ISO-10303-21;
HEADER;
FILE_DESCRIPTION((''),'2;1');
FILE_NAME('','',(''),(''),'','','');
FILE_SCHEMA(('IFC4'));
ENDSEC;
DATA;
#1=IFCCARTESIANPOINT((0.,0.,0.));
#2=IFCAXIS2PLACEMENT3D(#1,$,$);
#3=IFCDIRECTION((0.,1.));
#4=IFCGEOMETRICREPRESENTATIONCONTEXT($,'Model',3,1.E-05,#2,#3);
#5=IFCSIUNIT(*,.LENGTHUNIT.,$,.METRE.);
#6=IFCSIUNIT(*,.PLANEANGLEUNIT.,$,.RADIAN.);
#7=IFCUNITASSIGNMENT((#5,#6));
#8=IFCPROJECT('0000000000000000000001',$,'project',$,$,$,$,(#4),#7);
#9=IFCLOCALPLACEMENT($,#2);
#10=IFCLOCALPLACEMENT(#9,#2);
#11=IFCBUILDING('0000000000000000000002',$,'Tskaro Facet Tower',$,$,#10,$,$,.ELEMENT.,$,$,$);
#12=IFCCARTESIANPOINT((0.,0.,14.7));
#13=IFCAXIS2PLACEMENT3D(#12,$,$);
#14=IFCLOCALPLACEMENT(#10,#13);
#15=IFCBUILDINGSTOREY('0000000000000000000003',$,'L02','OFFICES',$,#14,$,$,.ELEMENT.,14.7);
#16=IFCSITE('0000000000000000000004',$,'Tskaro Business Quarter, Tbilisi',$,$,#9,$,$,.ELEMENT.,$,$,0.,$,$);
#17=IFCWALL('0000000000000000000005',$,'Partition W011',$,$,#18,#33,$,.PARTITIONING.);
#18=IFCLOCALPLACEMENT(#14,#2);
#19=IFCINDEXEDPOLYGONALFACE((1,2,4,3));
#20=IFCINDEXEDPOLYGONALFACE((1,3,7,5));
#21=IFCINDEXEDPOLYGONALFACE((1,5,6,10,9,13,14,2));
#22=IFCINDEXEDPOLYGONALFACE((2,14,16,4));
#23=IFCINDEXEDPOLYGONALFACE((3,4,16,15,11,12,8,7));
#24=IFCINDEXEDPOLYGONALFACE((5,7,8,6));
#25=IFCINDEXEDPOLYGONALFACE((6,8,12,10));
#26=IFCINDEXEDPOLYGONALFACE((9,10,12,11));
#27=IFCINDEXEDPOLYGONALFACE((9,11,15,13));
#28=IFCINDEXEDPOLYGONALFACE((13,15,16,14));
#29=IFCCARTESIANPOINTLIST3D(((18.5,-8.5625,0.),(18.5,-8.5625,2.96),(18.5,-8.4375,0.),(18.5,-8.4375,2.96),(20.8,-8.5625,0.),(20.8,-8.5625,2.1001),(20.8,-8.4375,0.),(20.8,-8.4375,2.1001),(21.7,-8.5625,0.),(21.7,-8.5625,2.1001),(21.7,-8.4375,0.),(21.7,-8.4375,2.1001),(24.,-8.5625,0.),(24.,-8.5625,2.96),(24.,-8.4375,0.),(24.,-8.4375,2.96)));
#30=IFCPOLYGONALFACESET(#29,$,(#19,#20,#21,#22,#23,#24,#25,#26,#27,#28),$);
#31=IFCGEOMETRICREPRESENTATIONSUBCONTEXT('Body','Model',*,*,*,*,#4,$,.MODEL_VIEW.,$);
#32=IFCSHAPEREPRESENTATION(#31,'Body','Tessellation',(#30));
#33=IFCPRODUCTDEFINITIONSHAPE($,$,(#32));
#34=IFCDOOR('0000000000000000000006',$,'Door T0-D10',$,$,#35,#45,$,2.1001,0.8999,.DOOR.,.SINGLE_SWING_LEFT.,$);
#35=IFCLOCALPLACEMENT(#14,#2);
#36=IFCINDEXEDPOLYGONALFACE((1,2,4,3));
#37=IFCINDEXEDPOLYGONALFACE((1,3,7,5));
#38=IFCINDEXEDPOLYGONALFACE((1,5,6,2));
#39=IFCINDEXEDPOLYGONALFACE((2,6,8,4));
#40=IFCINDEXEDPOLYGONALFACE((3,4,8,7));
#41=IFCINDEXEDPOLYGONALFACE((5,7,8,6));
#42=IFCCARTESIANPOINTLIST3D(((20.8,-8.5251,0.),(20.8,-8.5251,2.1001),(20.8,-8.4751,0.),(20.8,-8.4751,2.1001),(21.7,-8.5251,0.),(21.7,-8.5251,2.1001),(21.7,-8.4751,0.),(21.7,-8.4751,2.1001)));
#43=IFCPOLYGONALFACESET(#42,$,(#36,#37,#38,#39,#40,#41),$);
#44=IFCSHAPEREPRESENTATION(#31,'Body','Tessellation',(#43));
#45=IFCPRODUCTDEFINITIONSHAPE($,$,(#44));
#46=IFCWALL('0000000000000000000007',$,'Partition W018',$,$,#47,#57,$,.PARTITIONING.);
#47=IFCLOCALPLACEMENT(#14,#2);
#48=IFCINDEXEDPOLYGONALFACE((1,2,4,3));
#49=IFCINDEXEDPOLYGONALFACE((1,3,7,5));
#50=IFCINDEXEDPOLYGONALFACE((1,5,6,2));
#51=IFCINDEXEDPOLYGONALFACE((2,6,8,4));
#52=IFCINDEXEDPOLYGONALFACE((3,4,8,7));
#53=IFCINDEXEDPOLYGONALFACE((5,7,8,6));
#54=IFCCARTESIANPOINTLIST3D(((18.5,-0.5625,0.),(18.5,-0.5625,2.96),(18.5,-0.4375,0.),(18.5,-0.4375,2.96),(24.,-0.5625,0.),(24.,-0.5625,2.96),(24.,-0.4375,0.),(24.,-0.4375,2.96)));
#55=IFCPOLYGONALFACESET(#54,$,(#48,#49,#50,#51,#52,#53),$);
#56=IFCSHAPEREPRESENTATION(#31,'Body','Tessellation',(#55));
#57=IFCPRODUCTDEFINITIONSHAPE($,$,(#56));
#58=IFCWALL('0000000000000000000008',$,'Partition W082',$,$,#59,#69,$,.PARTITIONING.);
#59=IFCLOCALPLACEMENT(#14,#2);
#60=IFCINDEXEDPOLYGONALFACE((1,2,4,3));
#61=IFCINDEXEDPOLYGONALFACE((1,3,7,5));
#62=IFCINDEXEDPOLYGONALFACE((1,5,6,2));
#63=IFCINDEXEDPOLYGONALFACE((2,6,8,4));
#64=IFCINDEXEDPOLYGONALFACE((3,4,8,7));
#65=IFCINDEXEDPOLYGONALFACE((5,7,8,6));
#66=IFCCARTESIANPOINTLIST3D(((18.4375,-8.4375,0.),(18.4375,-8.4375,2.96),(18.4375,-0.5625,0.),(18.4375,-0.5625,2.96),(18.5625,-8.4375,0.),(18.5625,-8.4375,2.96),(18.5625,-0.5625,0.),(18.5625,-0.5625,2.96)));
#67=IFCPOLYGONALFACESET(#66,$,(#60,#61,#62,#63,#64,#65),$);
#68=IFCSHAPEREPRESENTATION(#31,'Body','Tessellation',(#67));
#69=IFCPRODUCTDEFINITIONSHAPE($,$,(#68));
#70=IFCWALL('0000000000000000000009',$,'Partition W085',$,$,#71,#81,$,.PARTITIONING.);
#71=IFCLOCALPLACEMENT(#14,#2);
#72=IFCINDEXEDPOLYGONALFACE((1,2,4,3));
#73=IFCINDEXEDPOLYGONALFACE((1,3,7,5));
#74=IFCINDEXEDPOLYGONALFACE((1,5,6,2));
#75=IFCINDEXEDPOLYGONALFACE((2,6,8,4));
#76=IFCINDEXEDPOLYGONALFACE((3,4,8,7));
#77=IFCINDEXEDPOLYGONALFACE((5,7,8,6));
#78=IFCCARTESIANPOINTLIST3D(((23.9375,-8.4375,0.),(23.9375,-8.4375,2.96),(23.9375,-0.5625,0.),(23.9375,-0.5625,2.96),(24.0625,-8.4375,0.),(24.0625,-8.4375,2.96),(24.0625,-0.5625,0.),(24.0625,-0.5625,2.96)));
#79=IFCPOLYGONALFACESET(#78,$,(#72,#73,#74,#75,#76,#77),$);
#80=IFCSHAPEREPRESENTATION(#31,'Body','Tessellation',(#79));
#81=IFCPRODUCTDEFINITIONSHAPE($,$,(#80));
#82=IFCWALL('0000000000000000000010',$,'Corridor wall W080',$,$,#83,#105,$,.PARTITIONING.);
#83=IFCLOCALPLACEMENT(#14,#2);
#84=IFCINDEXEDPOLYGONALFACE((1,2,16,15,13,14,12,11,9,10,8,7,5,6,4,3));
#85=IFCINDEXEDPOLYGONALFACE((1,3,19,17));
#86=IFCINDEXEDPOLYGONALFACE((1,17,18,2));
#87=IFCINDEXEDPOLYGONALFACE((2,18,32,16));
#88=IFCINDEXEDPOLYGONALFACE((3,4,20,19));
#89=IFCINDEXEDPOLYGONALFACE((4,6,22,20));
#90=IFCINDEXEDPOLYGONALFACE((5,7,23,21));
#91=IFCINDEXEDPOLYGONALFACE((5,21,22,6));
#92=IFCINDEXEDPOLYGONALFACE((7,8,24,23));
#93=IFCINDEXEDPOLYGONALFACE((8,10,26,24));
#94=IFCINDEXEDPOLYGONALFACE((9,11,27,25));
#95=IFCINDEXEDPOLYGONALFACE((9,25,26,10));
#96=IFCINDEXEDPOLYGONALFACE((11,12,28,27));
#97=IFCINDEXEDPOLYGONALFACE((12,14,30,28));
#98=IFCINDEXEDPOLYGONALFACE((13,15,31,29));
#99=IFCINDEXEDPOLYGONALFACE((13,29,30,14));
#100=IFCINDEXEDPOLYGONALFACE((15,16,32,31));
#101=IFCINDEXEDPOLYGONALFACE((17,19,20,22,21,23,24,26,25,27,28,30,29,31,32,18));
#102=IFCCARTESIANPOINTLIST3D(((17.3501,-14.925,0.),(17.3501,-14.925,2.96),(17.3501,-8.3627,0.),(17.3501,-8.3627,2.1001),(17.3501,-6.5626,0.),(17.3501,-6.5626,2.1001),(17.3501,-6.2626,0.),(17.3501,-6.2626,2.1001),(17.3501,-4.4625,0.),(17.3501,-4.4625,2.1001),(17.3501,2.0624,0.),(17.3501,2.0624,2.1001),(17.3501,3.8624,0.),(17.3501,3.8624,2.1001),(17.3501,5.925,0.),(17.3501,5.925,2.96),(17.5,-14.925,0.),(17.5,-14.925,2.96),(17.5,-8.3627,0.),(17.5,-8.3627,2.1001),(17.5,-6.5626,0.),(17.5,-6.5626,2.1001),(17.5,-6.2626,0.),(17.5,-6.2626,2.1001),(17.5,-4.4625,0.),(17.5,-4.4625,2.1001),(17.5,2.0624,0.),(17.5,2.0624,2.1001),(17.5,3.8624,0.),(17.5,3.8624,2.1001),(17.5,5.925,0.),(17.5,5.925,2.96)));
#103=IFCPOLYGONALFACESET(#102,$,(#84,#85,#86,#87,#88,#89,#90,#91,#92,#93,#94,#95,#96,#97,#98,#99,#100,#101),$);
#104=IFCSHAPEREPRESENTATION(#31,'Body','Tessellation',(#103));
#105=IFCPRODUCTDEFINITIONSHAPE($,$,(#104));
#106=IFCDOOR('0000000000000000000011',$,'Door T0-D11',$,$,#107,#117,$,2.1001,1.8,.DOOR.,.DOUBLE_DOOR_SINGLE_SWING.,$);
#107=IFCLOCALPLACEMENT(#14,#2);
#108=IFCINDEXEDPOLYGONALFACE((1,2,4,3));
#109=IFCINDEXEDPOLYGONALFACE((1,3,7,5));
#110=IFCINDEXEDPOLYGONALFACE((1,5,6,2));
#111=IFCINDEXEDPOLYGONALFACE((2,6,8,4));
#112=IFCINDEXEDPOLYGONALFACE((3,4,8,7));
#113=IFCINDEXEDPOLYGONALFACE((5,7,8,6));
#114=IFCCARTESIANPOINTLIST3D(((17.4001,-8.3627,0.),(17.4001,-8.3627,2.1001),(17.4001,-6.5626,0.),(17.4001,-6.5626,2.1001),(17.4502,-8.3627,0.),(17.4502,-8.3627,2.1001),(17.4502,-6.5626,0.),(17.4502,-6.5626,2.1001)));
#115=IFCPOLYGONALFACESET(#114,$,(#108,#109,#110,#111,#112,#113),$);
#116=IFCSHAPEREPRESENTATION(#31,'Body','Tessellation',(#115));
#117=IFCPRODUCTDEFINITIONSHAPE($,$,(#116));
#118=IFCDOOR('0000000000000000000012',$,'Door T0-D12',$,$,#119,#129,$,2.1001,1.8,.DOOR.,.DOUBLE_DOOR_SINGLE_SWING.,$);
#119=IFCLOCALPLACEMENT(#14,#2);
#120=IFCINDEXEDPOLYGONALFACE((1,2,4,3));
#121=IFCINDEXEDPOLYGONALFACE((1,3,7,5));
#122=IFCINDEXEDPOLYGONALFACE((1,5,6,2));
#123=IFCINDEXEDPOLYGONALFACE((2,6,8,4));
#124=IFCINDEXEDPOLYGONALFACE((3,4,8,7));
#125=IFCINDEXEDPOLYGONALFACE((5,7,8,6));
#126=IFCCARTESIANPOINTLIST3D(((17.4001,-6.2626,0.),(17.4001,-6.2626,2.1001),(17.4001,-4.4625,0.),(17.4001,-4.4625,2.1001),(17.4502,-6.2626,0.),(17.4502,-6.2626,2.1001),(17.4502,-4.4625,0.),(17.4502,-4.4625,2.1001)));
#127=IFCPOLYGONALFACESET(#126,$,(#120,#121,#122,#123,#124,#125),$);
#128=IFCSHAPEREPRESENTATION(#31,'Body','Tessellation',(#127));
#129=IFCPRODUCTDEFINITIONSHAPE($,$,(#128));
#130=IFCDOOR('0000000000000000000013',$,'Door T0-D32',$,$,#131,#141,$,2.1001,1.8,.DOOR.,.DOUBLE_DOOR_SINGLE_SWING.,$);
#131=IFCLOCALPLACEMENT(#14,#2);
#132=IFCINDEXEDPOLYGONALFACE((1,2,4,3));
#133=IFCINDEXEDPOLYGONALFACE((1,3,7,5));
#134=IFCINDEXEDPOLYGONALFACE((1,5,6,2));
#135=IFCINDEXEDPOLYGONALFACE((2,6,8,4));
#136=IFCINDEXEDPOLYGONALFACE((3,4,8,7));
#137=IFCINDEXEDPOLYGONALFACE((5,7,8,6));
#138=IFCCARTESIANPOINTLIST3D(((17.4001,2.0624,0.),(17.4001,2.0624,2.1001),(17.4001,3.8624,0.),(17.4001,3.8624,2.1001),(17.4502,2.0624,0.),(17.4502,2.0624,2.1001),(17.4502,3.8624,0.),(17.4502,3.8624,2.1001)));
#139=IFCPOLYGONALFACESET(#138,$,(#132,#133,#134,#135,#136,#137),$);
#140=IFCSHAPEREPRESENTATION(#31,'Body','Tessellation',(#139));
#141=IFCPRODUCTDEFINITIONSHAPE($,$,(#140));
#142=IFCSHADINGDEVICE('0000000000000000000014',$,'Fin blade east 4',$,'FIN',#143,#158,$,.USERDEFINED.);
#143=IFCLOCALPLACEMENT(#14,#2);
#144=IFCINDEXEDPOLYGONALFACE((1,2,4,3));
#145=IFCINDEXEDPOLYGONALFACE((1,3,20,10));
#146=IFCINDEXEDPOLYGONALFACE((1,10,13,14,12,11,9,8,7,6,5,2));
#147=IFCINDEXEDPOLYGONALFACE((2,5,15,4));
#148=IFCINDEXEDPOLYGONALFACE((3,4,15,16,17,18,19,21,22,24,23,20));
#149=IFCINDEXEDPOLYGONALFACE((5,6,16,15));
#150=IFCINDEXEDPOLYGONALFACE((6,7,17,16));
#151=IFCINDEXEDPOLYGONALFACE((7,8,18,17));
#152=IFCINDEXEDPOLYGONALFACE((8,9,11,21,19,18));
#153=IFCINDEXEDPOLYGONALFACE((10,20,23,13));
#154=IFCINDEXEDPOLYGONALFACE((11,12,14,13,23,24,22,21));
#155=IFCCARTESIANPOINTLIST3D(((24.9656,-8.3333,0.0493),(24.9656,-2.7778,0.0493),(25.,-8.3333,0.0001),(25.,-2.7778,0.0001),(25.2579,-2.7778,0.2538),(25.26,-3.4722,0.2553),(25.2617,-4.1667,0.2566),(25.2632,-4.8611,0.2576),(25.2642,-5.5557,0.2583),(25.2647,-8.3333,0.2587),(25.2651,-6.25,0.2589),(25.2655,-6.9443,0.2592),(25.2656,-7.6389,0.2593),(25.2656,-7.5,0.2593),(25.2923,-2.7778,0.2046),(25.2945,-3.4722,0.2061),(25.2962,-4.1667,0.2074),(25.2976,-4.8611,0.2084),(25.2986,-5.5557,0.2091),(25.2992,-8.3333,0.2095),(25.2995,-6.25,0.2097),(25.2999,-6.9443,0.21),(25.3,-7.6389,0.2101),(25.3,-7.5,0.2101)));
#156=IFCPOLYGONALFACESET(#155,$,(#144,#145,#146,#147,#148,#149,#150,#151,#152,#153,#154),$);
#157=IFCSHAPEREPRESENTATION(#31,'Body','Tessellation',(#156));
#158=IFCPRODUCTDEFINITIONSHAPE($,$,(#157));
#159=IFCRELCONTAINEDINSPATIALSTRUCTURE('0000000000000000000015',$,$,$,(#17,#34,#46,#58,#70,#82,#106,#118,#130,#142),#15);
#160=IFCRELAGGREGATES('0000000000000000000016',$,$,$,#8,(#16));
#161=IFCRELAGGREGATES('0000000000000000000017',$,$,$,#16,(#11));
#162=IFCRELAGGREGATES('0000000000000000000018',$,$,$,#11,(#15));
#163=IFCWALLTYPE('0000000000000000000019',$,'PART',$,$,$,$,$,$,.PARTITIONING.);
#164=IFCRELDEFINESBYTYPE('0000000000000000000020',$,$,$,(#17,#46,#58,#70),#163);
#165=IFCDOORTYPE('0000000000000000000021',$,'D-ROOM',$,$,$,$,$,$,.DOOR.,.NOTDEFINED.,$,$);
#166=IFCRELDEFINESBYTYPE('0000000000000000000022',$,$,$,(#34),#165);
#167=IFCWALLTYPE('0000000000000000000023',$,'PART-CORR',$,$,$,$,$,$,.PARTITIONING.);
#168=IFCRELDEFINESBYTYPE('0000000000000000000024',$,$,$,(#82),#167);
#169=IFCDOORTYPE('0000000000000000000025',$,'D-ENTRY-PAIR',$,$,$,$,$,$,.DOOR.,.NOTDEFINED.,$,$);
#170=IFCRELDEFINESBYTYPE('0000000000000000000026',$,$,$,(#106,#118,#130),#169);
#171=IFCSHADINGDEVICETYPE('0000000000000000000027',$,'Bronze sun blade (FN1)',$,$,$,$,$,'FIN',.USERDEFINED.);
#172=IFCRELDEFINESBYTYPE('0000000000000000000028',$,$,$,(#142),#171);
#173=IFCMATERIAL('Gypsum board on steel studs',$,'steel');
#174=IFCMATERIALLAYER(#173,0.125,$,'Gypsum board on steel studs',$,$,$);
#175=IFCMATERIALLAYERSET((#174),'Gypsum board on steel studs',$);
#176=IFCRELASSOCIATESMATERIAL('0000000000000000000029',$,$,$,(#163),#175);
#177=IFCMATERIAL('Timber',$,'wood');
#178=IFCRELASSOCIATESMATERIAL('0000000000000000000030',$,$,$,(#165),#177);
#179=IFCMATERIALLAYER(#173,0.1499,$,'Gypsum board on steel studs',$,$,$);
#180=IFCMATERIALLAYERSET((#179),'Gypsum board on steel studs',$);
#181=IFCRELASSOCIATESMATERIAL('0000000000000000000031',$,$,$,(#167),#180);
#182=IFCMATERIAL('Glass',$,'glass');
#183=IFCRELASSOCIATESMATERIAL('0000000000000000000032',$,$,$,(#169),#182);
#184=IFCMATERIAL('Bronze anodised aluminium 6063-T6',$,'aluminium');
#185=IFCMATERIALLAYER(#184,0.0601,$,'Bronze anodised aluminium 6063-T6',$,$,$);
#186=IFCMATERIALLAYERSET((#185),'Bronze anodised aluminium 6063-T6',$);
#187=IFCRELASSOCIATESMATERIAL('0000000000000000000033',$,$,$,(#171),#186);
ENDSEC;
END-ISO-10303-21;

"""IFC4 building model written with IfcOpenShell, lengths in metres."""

from ifc_helpers import new_model, si_unit, direction, frame, frame_2d, origin, place, context, subcontext, project, spatial, polyline, rectangle, outline, extrude, material, layer, layer_set, type_object, element, fill, save


model = new_model("IFC4")

# Units and contexts
model_context = context("Model", 3, precision=1e-05, world=origin(), true_north=direction((0.0, 1.0)))
body_context = subcontext(model_context, "Body", "Model", "MODEL_VIEW")
ifc_project = project(units=[si_unit("LENGTHUNIT", "METRE"), si_unit("PLANEANGLEUNIT", "RADIAN")], contexts=[model_context])

# Site, building, storey
site_placement = place(None, origin())
site = spatial("IfcSite", under=ifc_project, at=site_placement, Name="Tskaro Business Quarter, Tbilisi", CompositionType="ELEMENT", RefElevation=0.0)
building_placement = place(site_placement, origin())
building = spatial("IfcBuilding", under=site, at=building_placement, Name="Tskaro Facet Tower", CompositionType="ELEMENT")
storey_placement = place(building_placement, frame((0.0, 0.0, 14.7)))
storey = spatial("IfcBuildingStorey", under=building, at=storey_placement, Name="L02", Description="OFFICES", CompositionType="ELEMENT", Elevation=14.7)

# Shared definitions
ifc_material_1 = material(Name="Bronze anodised aluminium 6063-T6", Category="aluminium")

# Wall, opening, door
ifc_material_2 = material(Name="Gypsum board on steel studs", Category="steel")
ifc_layer_1 = layer(ifc_material_2, 0.125, Name="Gypsum board on steel studs")
ifc_layer_set_1 = layer_set([ifc_layer_1], Name="Gypsum board on steel studs")
wall_type_1 = type_object("IfcWallType", Name="PART", PredefinedType="PARTITIONING", material=ifc_layer_set_1)
wall_1_placement = place(storey_placement, frame((18.5, -8.5, 0.0), z_axis=(0.0, 0.0, 1.0), x_axis=(1.0, 0.0, 0.0)))
wall_1 = element("IfcWall", 1, at=wall_1_placement, inside=storey, type_object=wall_type_1, Name="Partition W011", PredefinedType="PARTITIONING", context=body_context, shape_type="SweptSolid", body=[
    extrude(rectangle(XDim=5.5, YDim=0.125, at=frame_2d((2.75, 0.0))), origin(), (0.0, 0.0, 1.0), 2.96),
])
opening_1_placement = place(wall_1_placement, frame((2.3, 0.0, 0.0)))
opening_1 = element("IfcOpeningElement", 2, at=opening_1_placement, cuts=wall_1, PredefinedType="OPENING", context=body_context, shape_type="SweptSolid", body=[
    extrude(rectangle(XDim=0.8999, YDim=2.1001, at=frame_2d((0.45, 1.05))), frame((0.0, 0.0725, 0.0), z_axis=(0.0, -1.0, 0.0), x_axis=(1.0, 0.0, 0.0)), (0.0, 0.0, 1.0), 0.145),
])
ifc_material_3 = material(Name="Timber", Category="wood")
door_type_1 = type_object("IfcDoorType", Name="D-ROOM", OperationType="NOTDEFINED", PredefinedType="DOOR", material=ifc_material_3)
door_1_placement = place(opening_1_placement, origin())
door_1 = element("IfcDoor", 3, at=door_1_placement, inside=storey, type_object=door_type_1, Name="Door T0-D10", OperationType="SINGLE_SWING_LEFT", OverallHeight=2.1001, OverallWidth=0.8999, PredefinedType="DOOR", context=body_context, shape_type="SweptSolid", body=[
    extrude(rectangle(XDim=0.8999, YDim=2.1001, at=frame_2d((0.45, 1.05))), frame((0.0, 0.0249, 0.0), z_axis=(0.0, -1.0, 0.0), x_axis=(1.0, 0.0, 0.0)), (0.0, 0.0, 1.0), 0.05),
])
fill(opening_1, door_1)

# Walls
wall_2_placement = place(storey_placement, frame((18.5, -0.5, 0.0), z_axis=(0.0, 0.0, 1.0), x_axis=(1.0, 0.0, 0.0)))
element("IfcWall", 4, at=wall_2_placement, inside=storey, type_object=wall_type_1, Name="Partition W018", PredefinedType="PARTITIONING", context=body_context, shape_type="SweptSolid", body=[
    extrude(rectangle(XDim=5.5, YDim=0.125, at=frame_2d((2.75, 0.0))), origin(), (0.0, 0.0, 1.0), 2.96),
])
for number, where, z_axis, x_axis, name in (
    (5, (18.5, -8.4375, 0.0), (0.0, 0.0, 1.0), (0.0, 1.0, 0.0), "Partition W082"),
    (6, (24.0, -8.4375, 0.0), (0.0, 0.0, 1.0), (0.0, 1.0, 0.0), "Partition W085"),
):
    element("IfcWall", number, at=place(storey_placement, frame(where, z_axis=z_axis, x_axis=x_axis)), inside=storey, type_object=wall_type_1, Name=name, PredefinedType="PARTITIONING", context=body_context, shape_type="SweptSolid", body=[
        extrude(rectangle(XDim=7.875, YDim=0.125, at=frame_2d((3.9375, 0.0))), origin(), (0.0, 0.0, 1.0), 2.96),
    ])

# Wall, openings, doors
ifc_layer_2 = layer(ifc_material_2, 0.1499, Name="Gypsum board on steel studs")
ifc_layer_set_2 = layer_set([ifc_layer_2], Name="Gypsum board on steel studs")
wall_type_2 = type_object("IfcWallType", Name="PART-CORR", PredefinedType="PARTITIONING", material=ifc_layer_set_2)
wall_3_placement = place(storey_placement, frame((17.425, -14.925, 0.0), z_axis=(0.0, 0.0, 1.0), x_axis=(0.0, 1.0, 0.0)))
wall_3 = element("IfcWall", 7, at=wall_3_placement, inside=storey, type_object=wall_type_2, Name="Corridor wall W080", PredefinedType="PARTITIONING", context=body_context, shape_type="SweptSolid", body=[
    extrude(rectangle(XDim=20.8501, YDim=0.1499, at=frame_2d((10.425, 0.0))), origin(), (0.0, 0.0, 1.0), 2.96),
])
opening_2_placement = place(wall_3_placement, frame((6.5625, 0.0, 0.0)))
opening_2 = element("IfcOpeningElement", 8, at=opening_2_placement, cuts=wall_3, PredefinedType="OPENING", context=body_context, shape_type="SweptSolid", body=[
    extrude(rectangle(XDim=1.8, YDim=2.1001, at=frame_2d((0.8999, 1.05))), frame((0.0, 0.085, 0.0), z_axis=(0.0, -1.0, 0.0), x_axis=(1.0, 0.0, 0.0)), (0.0, 0.0, 1.0), 0.1699),
])
opening_3_placement = place(wall_3_placement, frame((8.6626, 0.0, 0.0)))
opening_3 = element("IfcOpeningElement", 9, at=opening_3_placement, cuts=wall_3, PredefinedType="OPENING", context=body_context, shape_type="SweptSolid", body=[
    extrude(rectangle(XDim=1.8, YDim=2.1001, at=frame_2d((0.8999, 1.05))), frame((0.0, 0.085, 0.0), z_axis=(0.0, -1.0, 0.0), x_axis=(1.0, 0.0, 0.0)), (0.0, 0.0, 1.0), 0.1699),
])
opening_4_placement = place(wall_3_placement, frame((16.9875, 0.0, 0.0)))
opening_4 = element("IfcOpeningElement", 10, at=opening_4_placement, cuts=wall_3, PredefinedType="OPENING", context=body_context, shape_type="SweptSolid", body=[
    extrude(rectangle(XDim=1.8, YDim=2.1001, at=frame_2d((0.8999, 1.05))), frame((0.0, 0.085, 0.0), z_axis=(0.0, -1.0, 0.0), x_axis=(1.0, 0.0, 0.0)), (0.0, 0.0, 1.0), 0.1699),
])
ifc_material_4 = material(Name="Glass", Category="glass")
door_type_2 = type_object("IfcDoorType", Name="D-ENTRY-PAIR", OperationType="NOTDEFINED", PredefinedType="DOOR", material=ifc_material_4)
door_2_placement = place(opening_2_placement, origin())
door_2 = element("IfcDoor", 11, at=door_2_placement, inside=storey, type_object=door_type_2, Name="Door T0-D11", OperationType="DOUBLE_DOOR_SINGLE_SWING", OverallHeight=2.1001, OverallWidth=1.8, PredefinedType="DOOR", context=body_context, shape_type="SweptSolid", body=[
    extrude(rectangle(XDim=1.8, YDim=2.1001, at=frame_2d((0.8999, 1.05))), frame((0.0, 0.0249, 0.0), z_axis=(0.0, -1.0, 0.0), x_axis=(1.0, 0.0, 0.0)), (0.0, 0.0, 1.0), 0.05),
])
fill(opening_2, door_2)
door_3_placement = place(opening_3_placement, origin())
door_3 = element("IfcDoor", 12, at=door_3_placement, inside=storey, type_object=door_type_2, Name="Door T0-D12", OperationType="DOUBLE_DOOR_SINGLE_SWING", OverallHeight=2.1001, OverallWidth=1.8, PredefinedType="DOOR", context=body_context, shape_type="SweptSolid", body=[
    extrude(rectangle(XDim=1.8, YDim=2.1001, at=frame_2d((0.8999, 1.05))), frame((0.0, 0.0249, 0.0), z_axis=(0.0, -1.0, 0.0), x_axis=(1.0, 0.0, 0.0)), (0.0, 0.0, 1.0), 0.05),
])
fill(opening_3, door_3)
door_4_placement = place(opening_4_placement, origin())
door_4 = element("IfcDoor", 13, at=door_4_placement, inside=storey, type_object=door_type_2, Name="Door T0-D32", OperationType="DOUBLE_DOOR_SINGLE_SWING", OverallHeight=2.1001, OverallWidth=1.8, PredefinedType="DOOR", context=body_context, shape_type="SweptSolid", body=[
    extrude(rectangle(XDim=1.8, YDim=2.1001, at=frame_2d((0.8999, 1.05))), frame((0.0, 0.0249, 0.0), z_axis=(0.0, -1.0, 0.0), x_axis=(1.0, 0.0, 0.0)), (0.0, 0.0, 1.0), 0.05),
])
fill(opening_4, door_4)

# Shading device
ifc_layer_3 = layer(ifc_material_1, 0.0601, Name="Bronze anodised aluminium 6063-T6")
ifc_layer_set_3 = layer_set([ifc_layer_3], Name="Bronze anodised aluminium 6063-T6")
shading_device_type = type_object("IfcShadingDeviceType", Name="Bronze sun blade (FN1)", ElementType="FIN", PredefinedType="USERDEFINED", material=ifc_layer_set_3)
shading_device_1_placement = place(storey_placement, frame((24.9656, -8.3333, 0.0493), z_axis=(-0.573391, 0.000007, 0.819282), x_axis=(0.000004, 1.0, -0.000006)))
element("IfcShadingDevice", 14, at=shading_device_1_placement, inside=storey, type_object=shading_device_type, Name="Fin blade east 4", ObjectType="FIN", PredefinedType="USERDEFINED", context=body_context, shape_type="SweptSolid", body=[
    extrude(outline(polyline([(0.0, 0.0), (5.5554, 0.0), (5.5554, -0.3567), (4.8611, -0.3594), (4.1665, -0.3615), (3.4722, -0.3632), (2.7776, -0.3645), (2.0833, -0.3655), (1.3889, -0.366), (0.8333, -0.3662), (0.6943, -0.3662), (0.0, -0.3651), (0.0, 0.0)])), origin(), (0.0, 0.0, -1.0), 0.0601),
])

save(model, "model.ifc")
